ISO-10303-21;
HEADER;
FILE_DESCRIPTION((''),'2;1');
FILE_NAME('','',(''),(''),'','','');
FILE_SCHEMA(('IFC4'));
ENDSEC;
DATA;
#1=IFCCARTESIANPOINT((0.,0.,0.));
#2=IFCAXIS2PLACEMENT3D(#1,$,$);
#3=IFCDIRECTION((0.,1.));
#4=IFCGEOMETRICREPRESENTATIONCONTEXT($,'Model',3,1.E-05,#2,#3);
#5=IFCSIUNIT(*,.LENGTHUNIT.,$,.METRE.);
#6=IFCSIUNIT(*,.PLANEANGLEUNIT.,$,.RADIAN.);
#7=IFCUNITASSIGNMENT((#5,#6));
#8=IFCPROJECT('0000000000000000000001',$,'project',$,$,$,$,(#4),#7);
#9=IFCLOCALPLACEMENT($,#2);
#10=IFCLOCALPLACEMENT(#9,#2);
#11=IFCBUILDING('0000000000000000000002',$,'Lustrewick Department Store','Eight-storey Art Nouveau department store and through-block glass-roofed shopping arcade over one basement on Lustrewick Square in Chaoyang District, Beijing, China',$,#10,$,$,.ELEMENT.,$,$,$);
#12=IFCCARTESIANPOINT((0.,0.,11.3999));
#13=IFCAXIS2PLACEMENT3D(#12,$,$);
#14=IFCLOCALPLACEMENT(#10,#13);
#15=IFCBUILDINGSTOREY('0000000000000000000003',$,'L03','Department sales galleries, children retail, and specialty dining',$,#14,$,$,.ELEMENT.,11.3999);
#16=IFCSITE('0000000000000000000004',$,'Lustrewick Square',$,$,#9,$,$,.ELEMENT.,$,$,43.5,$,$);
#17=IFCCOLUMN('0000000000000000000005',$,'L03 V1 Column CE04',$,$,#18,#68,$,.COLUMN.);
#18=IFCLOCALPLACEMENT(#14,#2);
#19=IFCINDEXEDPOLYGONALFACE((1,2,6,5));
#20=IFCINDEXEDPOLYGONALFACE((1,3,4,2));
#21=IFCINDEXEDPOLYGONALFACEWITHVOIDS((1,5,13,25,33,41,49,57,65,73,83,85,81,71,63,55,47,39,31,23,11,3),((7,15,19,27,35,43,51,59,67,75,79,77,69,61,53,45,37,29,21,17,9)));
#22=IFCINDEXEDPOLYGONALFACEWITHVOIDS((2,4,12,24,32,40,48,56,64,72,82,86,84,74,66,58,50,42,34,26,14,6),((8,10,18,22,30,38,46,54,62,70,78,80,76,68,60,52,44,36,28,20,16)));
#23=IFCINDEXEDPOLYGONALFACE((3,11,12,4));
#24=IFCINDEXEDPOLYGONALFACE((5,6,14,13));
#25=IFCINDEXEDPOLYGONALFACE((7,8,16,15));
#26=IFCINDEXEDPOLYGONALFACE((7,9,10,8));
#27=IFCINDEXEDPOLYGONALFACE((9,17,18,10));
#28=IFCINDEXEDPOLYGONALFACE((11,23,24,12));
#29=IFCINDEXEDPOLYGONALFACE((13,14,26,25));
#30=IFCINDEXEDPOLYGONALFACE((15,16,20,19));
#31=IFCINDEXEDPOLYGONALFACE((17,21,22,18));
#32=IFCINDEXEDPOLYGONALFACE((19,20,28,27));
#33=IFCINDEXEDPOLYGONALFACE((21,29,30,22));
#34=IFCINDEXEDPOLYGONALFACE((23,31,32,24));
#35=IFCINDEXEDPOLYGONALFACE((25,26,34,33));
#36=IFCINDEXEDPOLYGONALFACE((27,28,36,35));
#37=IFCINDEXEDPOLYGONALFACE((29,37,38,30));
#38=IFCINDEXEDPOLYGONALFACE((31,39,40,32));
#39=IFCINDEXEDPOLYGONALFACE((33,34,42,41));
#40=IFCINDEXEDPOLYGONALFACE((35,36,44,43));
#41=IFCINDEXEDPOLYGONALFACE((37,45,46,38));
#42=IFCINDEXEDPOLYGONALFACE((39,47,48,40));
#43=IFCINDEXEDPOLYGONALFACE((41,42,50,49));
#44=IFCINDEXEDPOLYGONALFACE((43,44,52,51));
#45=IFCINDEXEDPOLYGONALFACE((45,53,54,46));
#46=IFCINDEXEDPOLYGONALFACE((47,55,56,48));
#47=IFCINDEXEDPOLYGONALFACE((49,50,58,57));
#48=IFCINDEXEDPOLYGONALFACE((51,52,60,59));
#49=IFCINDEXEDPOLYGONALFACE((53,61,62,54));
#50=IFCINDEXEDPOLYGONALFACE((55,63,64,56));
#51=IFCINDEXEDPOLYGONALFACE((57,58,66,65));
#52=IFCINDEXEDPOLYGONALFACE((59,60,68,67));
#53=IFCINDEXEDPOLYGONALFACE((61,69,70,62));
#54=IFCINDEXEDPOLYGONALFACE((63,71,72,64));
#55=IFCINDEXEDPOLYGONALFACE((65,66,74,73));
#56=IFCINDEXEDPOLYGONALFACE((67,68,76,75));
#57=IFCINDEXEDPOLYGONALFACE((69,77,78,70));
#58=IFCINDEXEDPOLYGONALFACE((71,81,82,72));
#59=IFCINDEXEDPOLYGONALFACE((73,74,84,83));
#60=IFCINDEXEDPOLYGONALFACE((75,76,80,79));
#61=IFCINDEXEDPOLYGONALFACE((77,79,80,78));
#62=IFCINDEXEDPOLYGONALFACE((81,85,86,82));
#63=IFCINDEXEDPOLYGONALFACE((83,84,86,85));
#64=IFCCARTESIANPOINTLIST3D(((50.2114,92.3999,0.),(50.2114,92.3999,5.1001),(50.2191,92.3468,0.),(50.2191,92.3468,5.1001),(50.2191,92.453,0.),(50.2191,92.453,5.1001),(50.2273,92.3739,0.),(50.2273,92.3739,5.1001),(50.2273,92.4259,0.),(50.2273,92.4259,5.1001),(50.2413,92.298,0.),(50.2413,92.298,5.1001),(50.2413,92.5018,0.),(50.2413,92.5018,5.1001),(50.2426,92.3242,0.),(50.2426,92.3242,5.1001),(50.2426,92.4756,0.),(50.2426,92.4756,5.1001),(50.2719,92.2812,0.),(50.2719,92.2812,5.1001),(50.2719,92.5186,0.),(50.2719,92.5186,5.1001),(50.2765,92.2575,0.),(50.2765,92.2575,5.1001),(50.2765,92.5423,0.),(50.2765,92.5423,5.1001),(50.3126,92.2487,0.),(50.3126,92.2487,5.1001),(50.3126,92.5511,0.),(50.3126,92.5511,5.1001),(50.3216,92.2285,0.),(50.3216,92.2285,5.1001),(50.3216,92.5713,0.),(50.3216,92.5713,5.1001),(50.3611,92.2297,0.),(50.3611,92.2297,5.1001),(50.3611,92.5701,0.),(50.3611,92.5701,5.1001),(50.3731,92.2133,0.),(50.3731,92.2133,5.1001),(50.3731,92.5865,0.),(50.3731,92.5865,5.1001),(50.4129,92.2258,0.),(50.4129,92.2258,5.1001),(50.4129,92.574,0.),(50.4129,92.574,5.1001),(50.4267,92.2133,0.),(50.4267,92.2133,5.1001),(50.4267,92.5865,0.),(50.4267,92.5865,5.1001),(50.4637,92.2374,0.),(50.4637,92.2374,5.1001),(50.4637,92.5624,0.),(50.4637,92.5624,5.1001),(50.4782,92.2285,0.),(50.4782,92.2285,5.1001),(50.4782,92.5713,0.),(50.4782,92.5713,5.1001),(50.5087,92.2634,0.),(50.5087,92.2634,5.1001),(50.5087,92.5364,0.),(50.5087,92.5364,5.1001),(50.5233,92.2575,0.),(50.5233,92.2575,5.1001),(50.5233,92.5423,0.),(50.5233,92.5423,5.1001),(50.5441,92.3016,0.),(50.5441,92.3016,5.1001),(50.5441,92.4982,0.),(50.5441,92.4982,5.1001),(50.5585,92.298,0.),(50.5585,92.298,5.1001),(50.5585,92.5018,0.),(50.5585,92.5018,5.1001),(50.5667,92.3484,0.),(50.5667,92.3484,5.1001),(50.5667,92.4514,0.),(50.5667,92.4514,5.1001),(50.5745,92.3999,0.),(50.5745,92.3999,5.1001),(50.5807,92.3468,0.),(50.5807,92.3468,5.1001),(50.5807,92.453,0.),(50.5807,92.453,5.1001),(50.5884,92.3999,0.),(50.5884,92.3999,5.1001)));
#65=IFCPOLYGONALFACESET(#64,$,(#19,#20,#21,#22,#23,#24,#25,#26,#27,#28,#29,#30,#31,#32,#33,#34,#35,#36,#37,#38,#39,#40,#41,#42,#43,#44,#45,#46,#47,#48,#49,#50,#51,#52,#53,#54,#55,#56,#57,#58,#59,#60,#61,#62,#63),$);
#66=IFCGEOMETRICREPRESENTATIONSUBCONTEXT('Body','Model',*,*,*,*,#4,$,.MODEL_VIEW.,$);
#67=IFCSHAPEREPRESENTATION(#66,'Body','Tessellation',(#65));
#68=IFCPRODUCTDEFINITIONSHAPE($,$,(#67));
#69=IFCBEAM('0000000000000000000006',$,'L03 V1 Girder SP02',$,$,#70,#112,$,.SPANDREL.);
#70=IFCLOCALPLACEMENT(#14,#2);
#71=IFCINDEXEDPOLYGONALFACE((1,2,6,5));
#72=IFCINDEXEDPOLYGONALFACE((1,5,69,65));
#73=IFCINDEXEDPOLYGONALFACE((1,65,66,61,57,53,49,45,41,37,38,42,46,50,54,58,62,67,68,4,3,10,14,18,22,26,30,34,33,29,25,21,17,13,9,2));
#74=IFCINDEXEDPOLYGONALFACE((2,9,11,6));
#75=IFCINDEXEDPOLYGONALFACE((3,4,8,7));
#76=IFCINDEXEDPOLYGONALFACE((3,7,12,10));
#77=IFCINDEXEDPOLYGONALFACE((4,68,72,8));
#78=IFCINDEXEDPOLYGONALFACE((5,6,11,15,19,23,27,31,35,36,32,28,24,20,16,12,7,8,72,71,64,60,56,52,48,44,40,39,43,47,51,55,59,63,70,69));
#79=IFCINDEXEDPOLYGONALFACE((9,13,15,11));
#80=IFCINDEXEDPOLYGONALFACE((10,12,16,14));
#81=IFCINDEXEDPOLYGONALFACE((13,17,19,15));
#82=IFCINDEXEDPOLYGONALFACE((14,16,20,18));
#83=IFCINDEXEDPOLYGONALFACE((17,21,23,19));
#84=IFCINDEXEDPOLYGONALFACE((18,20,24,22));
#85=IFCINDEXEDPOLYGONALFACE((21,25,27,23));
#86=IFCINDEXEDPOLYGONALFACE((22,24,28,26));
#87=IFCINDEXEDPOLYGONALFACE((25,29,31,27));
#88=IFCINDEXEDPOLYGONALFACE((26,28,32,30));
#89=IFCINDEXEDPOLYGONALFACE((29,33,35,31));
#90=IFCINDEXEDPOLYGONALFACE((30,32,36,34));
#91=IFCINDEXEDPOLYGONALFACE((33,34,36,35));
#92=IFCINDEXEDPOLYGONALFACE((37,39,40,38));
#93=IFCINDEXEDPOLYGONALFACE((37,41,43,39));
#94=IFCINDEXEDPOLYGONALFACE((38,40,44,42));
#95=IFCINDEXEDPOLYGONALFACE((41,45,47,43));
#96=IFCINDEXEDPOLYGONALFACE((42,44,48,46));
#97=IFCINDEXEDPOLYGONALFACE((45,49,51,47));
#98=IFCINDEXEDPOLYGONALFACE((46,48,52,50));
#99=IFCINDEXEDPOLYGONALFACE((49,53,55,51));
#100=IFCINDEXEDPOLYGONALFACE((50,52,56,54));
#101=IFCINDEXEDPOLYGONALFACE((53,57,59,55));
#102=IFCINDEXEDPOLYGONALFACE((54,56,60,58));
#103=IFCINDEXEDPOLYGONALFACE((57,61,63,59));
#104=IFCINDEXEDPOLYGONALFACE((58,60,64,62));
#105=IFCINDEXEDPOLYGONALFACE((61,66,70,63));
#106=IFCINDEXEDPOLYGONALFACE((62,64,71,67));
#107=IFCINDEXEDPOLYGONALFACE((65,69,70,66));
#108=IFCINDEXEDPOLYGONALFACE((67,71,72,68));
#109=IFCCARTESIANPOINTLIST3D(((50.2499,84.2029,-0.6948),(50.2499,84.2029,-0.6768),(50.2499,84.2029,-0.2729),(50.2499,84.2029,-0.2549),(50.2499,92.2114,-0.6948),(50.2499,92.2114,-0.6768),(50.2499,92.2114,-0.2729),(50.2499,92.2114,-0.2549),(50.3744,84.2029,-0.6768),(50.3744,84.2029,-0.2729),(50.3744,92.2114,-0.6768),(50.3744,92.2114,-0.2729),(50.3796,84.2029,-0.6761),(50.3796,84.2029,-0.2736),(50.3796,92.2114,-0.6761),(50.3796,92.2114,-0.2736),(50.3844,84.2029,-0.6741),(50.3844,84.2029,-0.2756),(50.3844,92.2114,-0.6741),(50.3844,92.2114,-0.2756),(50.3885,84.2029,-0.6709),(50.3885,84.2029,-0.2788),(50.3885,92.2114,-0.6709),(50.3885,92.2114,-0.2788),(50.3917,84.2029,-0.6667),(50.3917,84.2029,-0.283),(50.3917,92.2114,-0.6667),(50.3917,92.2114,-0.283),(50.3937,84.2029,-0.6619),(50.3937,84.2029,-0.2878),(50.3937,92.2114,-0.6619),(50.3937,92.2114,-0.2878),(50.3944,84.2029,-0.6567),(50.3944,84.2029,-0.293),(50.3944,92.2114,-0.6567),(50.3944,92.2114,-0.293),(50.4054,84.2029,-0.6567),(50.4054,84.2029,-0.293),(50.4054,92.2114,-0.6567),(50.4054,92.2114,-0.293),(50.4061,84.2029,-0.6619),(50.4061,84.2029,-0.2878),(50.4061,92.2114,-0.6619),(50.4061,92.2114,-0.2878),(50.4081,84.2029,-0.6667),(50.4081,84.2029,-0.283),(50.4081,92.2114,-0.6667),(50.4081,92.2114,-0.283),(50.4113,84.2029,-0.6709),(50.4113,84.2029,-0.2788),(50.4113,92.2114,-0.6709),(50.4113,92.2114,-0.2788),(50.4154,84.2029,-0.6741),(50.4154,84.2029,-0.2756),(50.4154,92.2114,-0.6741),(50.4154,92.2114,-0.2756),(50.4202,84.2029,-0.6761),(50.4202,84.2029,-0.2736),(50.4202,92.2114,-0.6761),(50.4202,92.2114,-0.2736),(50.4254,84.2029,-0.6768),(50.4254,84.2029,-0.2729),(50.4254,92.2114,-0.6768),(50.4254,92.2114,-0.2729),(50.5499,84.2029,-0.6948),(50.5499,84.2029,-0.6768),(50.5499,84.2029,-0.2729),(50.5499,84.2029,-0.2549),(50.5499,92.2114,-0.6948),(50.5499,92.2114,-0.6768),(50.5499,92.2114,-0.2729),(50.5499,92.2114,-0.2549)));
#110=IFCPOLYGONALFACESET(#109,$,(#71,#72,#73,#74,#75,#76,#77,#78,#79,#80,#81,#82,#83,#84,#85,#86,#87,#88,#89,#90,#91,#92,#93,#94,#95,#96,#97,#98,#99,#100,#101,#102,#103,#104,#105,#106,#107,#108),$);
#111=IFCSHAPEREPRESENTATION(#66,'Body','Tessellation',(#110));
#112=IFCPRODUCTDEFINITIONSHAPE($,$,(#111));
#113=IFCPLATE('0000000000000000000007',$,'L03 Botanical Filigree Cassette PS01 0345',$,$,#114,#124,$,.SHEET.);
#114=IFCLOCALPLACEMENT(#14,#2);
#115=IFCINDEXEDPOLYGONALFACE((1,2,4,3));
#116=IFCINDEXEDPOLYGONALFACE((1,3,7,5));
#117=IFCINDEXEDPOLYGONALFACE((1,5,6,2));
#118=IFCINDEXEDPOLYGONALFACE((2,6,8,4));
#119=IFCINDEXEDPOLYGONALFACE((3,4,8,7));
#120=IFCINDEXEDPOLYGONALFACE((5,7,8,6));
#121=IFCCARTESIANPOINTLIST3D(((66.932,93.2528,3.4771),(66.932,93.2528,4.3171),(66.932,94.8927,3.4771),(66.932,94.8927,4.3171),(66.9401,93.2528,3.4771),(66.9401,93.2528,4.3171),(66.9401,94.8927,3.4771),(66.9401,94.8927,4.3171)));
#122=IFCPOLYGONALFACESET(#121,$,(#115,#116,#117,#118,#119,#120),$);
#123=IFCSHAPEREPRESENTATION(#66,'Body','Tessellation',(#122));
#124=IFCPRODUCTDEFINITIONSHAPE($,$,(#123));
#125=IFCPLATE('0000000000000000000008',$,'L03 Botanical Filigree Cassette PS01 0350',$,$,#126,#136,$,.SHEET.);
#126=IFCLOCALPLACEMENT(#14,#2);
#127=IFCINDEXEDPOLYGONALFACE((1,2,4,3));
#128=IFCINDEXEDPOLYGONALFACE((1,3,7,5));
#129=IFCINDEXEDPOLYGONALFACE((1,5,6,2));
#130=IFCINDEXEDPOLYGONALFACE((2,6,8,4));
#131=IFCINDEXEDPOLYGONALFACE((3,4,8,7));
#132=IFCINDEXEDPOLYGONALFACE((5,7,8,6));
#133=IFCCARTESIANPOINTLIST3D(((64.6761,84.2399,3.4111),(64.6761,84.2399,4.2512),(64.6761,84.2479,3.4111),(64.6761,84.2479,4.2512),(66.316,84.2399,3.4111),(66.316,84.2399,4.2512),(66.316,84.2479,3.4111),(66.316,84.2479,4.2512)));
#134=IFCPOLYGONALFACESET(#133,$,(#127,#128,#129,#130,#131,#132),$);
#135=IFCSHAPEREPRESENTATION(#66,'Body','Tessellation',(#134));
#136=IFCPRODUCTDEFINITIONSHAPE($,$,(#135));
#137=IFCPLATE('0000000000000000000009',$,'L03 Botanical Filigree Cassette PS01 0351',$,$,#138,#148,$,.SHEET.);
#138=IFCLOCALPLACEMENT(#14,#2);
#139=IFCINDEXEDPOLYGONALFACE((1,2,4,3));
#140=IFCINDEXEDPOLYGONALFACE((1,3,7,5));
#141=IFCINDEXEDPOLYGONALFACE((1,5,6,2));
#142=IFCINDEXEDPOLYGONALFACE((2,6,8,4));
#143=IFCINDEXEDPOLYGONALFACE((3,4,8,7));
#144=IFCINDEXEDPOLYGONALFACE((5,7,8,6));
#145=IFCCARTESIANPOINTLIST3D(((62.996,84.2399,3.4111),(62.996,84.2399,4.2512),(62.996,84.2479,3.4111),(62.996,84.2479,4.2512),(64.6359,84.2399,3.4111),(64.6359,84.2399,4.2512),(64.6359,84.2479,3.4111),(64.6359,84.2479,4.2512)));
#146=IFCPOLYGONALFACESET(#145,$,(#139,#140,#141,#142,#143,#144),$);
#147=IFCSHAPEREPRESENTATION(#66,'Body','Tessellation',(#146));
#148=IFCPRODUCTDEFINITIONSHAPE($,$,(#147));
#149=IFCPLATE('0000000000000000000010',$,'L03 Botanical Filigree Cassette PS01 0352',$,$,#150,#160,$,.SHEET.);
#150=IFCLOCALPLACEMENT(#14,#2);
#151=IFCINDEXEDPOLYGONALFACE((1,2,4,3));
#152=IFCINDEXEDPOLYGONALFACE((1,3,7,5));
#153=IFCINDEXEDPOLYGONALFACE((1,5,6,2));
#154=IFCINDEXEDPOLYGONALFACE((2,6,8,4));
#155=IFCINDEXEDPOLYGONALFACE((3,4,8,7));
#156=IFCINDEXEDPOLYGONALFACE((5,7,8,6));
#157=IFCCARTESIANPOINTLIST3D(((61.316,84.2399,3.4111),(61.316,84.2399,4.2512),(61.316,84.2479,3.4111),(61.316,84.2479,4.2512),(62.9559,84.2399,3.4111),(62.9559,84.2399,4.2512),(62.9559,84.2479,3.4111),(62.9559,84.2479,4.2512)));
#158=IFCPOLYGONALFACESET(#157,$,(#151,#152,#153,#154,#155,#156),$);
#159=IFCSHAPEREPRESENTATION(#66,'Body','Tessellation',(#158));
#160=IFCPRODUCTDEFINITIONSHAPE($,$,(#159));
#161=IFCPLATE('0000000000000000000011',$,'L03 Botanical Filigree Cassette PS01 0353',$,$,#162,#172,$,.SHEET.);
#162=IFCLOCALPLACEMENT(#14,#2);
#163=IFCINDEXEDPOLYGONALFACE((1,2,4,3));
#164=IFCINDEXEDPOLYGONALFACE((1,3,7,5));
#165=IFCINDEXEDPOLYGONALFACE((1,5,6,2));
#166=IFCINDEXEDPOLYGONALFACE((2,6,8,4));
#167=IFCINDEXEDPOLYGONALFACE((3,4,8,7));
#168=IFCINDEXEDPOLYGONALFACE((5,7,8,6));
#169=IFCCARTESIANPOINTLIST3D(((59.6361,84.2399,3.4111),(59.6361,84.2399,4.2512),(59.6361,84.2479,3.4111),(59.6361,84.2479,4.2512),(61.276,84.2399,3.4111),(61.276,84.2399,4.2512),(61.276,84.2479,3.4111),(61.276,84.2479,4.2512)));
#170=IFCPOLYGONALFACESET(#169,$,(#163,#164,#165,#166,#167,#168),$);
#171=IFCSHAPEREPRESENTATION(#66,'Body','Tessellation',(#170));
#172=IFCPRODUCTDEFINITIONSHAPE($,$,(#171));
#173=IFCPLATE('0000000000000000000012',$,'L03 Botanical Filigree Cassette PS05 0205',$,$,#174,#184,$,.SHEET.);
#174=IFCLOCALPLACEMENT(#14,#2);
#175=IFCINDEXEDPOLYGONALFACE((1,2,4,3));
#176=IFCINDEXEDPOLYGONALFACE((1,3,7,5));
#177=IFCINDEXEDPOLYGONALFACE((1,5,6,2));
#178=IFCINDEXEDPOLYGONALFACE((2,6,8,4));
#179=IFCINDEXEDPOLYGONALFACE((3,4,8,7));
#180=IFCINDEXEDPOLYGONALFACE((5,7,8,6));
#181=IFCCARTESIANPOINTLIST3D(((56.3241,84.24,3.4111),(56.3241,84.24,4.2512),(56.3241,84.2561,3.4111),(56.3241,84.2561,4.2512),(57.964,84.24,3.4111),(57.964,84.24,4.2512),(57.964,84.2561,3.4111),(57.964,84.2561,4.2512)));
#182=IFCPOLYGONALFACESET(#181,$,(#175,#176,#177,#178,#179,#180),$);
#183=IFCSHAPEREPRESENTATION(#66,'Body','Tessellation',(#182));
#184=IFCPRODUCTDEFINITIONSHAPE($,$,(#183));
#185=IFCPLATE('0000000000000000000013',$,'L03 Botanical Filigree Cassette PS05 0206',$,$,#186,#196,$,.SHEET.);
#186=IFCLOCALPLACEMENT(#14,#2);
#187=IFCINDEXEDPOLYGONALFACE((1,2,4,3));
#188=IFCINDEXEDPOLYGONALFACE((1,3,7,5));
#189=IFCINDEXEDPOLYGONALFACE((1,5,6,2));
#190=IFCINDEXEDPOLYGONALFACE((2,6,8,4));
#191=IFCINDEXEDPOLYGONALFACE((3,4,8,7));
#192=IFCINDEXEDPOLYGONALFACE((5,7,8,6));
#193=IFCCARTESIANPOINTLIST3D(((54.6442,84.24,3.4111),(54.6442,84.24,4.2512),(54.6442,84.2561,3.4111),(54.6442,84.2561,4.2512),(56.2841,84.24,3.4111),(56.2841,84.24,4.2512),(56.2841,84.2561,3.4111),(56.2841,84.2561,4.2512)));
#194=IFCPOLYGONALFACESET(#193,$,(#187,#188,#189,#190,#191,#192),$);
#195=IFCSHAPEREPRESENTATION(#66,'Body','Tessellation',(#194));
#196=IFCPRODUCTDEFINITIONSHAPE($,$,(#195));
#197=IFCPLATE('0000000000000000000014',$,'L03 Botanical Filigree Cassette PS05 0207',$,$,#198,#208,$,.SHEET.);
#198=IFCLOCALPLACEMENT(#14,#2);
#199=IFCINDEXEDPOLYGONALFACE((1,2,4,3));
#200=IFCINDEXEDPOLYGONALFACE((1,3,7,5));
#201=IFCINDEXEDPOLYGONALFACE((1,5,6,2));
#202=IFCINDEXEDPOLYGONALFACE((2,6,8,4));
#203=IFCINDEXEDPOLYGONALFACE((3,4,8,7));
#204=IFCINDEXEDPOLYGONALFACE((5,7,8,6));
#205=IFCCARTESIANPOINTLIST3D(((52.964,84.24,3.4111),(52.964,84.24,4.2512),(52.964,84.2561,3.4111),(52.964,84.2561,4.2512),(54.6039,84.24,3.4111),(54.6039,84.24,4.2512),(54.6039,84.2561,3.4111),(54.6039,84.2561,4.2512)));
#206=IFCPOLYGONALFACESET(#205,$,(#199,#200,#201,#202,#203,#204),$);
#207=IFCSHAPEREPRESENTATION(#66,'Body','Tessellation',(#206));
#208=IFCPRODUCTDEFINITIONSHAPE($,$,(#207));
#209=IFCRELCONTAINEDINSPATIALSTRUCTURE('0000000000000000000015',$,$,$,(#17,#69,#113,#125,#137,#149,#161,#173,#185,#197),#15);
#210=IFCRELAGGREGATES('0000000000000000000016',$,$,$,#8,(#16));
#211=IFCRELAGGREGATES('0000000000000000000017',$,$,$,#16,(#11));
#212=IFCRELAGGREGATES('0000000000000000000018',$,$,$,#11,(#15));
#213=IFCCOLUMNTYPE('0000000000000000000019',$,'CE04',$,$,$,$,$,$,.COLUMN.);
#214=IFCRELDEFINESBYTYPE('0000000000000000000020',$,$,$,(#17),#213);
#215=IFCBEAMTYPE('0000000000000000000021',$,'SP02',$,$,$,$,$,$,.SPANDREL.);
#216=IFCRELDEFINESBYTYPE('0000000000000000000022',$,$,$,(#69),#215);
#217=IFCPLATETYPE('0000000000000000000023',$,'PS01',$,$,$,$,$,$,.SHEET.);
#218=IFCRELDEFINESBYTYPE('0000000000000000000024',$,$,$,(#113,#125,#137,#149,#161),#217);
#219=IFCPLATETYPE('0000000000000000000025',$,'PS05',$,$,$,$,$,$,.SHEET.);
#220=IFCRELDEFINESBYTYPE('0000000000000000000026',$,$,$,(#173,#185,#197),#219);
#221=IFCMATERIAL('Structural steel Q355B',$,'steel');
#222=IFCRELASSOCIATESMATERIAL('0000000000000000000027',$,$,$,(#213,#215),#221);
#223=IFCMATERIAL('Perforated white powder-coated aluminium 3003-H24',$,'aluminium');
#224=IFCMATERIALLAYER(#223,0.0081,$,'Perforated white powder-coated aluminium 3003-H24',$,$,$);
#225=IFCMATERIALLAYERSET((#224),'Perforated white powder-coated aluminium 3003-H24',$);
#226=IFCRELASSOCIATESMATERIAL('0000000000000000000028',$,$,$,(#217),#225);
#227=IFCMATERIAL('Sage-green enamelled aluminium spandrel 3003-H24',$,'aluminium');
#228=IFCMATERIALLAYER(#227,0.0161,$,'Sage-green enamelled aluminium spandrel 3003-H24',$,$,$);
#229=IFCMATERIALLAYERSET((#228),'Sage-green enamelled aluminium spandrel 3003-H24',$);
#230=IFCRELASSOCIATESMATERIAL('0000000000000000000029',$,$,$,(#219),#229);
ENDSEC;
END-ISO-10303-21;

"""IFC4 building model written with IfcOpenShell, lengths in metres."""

from ifc_helpers import new_model, si_unit, direction, frame, origin, origin_2d, place, context, subcontext, project, spatial, rectangle, hollow_circle, i_section, extrude, material, layer, layer_set, material_profile, profile_set, type_object, element, save


model = new_model("IFC4")

# Units and contexts
model_context = context("Model", 3, precision=1e-05, world=origin(), true_north=direction((0.0, 1.0)))
body_context = subcontext(model_context, "Body", "Model", "MODEL_VIEW")
ifc_project = project(units=[si_unit("LENGTHUNIT", "METRE"), si_unit("PLANEANGLEUNIT", "RADIAN")], contexts=[model_context])

# Site, building, storey
site_placement = place(None, origin())
site = spatial("IfcSite", under=ifc_project, at=site_placement, Name="Lustrewick Square", CompositionType="ELEMENT", RefElevation=43.5)
building_placement = place(site_placement, origin())
building = spatial("IfcBuilding", under=site, at=building_placement, Name="Lustrewick Department Store", Description="Eight-storey Art Nouveau department store and through-block glass-roofed shopping arcade over one basement on Lustrewick Square in Chaoyang District, Beijing, China", CompositionType="ELEMENT")
storey_placement = place(building_placement, frame((0.0, 0.0, 11.3999)))
storey = spatial("IfcBuildingStorey", under=building, at=storey_placement, Name="L03", Description="Department sales galleries, children retail, and specialty dining", CompositionType="ELEMENT", Elevation=11.3999)

# Column
ifc_material_1 = material(Name="Structural steel Q355B", Category="steel")
ifc_material_profile_1 = material_profile(ifc_material_1, hollow_circle(Radius=0.1885, WallThickness=0.0139, at=origin_2d()), Name="CHS 377x14")
ifc_profile_set_1 = profile_set([ifc_material_profile_1], Name="Structural steel Q355B")
column_type = type_object("IfcColumnType", Name="CE04", PredefinedType="COLUMN", material=ifc_profile_set_1)
column_placement = place(storey_placement, frame((50.3999, 92.3999, 0.0), z_axis=(0.0, 0.0, 1.0), x_axis=(1.0, 0.0, 0.0)))
element("IfcColumn", 1, at=column_placement, inside=storey, type_object=column_type, Name="L03 V1 Column CE04", PredefinedType="COLUMN", context=body_context, shape_type="SweptSolid", body=[
    extrude(hollow_circle(Radius=0.1885, WallThickness=0.0139, at=origin_2d()), origin(), (0.0, 0.0, 1.0), 5.1001),
])

# Beam
ifc_material_profile_2 = material_profile(ifc_material_1, i_section(OverallWidth=0.3, OverallDepth=0.4399, WebThickness=0.011, FlangeThickness=0.0181, FilletRadius=0.02, at=origin_2d()), Name="HM 440x300x11x18")
ifc_profile_set_2 = profile_set([ifc_material_profile_2], Name="Structural steel Q355B")
beam_type = type_object("IfcBeamType", Name="SP02", PredefinedType="SPANDREL", material=ifc_profile_set_2)
beam_placement = place(storey_placement, frame((50.3999, 84.2029, -0.4749), z_axis=(0.0, 1.0, 0.0), x_axis=(-1.0, 0.0, 0.0)))
element("IfcBeam", 2, at=beam_placement, inside=storey, type_object=beam_type, Name="L03 V1 Girder SP02", PredefinedType="SPANDREL", context=body_context, shape_type="SweptSolid", body=[
    extrude(i_section(OverallWidth=0.3, OverallDepth=0.4399, WebThickness=0.011, FlangeThickness=0.0181, FilletRadius=0.02, at=origin_2d()), origin(), (0.0, 0.0, 1.0), 8.0085),
])

# Plates
ifc_material_2 = material(Name="Perforated white powder-coated aluminium 3003-H24", Category="aluminium")
ifc_layer_1 = layer(ifc_material_2, 0.0081, Name="Perforated white powder-coated aluminium 3003-H24")
ifc_layer_set_1 = layer_set([ifc_layer_1], Name="Perforated white powder-coated aluminium 3003-H24")
plate_type_1 = type_object("IfcPlateType", Name="PS01", PredefinedType="SHEET", material=ifc_layer_set_1)
for number, where, z_axis, x_axis, name in (
    (3, (66.936, 94.0728, 3.4771), (0.0, 0.0, 1.0), (0.0, -1.0, 0.0), "L03 Botanical Filigree Cassette PS01 0345"),
    (4, (65.4961, 84.2439, 3.4111), (0.0, 0.0, 1.0), (-1.0, 0.0, 0.0), "L03 Botanical Filigree Cassette PS01 0350"),
    (5, (63.8159, 84.2439, 3.4111), (0.0, 0.0, 1.0), (-1.0, 0.0, 0.0), "L03 Botanical Filigree Cassette PS01 0351"),
    (6, (62.136, 84.2439, 3.4111), (0.0, 0.0, 1.0), (-1.0, 0.0, 0.0), "L03 Botanical Filigree Cassette PS01 0352"),
    (7, (60.4561, 84.2439, 3.4111), (0.0, 0.0, 1.0), (-1.0, 0.0, 0.0), "L03 Botanical Filigree Cassette PS01 0353"),
):
    element("IfcPlate", number, at=place(storey_placement, frame(where, z_axis=z_axis, x_axis=x_axis)), inside=storey, type_object=plate_type_1, Name=name, PredefinedType="SHEET", context=body_context, shape_type="SweptSolid", body=[
        extrude(rectangle(XDim=1.6399, YDim=0.0081, at=origin_2d()), origin(), (0.0, 0.0, 1.0), 0.8401),
    ])
ifc_material_3 = material(Name="Sage-green enamelled aluminium spandrel 3003-H24", Category="aluminium")
ifc_layer_2 = layer(ifc_material_3, 0.0161, Name="Sage-green enamelled aluminium spandrel 3003-H24")
ifc_layer_set_2 = layer_set([ifc_layer_2], Name="Sage-green enamelled aluminium spandrel 3003-H24")
plate_type_2 = type_object("IfcPlateType", Name="PS05", PredefinedType="SHEET", material=ifc_layer_set_2)
for number, where, z_axis, x_axis, name in (
    (8, (57.144, 84.248, 3.4111), (0.0, 0.0, 1.0), (-1.0, 0.0, 0.0), "L03 Botanical Filigree Cassette PS05 0205"),
    (9, (55.4641, 84.248, 3.4111), (0.0, 0.0, 1.0), (-1.0, 0.0, 0.0), "L03 Botanical Filigree Cassette PS05 0206"),
    (10, (53.7839, 84.248, 3.4111), (0.0, 0.0, 1.0), (-1.0, 0.0, 0.0), "L03 Botanical Filigree Cassette PS05 0207"),
):
    element("IfcPlate", number, at=place(storey_placement, frame(where, z_axis=z_axis, x_axis=x_axis)), inside=storey, type_object=plate_type_2, Name=name, PredefinedType="SHEET", context=body_context, shape_type="SweptSolid", body=[
        extrude(rectangle(XDim=1.6399, YDim=0.0161, at=origin_2d()), origin(), (0.0, 0.0, 1.0), 0.8401),
    ])

save(model, "model.ifc")
